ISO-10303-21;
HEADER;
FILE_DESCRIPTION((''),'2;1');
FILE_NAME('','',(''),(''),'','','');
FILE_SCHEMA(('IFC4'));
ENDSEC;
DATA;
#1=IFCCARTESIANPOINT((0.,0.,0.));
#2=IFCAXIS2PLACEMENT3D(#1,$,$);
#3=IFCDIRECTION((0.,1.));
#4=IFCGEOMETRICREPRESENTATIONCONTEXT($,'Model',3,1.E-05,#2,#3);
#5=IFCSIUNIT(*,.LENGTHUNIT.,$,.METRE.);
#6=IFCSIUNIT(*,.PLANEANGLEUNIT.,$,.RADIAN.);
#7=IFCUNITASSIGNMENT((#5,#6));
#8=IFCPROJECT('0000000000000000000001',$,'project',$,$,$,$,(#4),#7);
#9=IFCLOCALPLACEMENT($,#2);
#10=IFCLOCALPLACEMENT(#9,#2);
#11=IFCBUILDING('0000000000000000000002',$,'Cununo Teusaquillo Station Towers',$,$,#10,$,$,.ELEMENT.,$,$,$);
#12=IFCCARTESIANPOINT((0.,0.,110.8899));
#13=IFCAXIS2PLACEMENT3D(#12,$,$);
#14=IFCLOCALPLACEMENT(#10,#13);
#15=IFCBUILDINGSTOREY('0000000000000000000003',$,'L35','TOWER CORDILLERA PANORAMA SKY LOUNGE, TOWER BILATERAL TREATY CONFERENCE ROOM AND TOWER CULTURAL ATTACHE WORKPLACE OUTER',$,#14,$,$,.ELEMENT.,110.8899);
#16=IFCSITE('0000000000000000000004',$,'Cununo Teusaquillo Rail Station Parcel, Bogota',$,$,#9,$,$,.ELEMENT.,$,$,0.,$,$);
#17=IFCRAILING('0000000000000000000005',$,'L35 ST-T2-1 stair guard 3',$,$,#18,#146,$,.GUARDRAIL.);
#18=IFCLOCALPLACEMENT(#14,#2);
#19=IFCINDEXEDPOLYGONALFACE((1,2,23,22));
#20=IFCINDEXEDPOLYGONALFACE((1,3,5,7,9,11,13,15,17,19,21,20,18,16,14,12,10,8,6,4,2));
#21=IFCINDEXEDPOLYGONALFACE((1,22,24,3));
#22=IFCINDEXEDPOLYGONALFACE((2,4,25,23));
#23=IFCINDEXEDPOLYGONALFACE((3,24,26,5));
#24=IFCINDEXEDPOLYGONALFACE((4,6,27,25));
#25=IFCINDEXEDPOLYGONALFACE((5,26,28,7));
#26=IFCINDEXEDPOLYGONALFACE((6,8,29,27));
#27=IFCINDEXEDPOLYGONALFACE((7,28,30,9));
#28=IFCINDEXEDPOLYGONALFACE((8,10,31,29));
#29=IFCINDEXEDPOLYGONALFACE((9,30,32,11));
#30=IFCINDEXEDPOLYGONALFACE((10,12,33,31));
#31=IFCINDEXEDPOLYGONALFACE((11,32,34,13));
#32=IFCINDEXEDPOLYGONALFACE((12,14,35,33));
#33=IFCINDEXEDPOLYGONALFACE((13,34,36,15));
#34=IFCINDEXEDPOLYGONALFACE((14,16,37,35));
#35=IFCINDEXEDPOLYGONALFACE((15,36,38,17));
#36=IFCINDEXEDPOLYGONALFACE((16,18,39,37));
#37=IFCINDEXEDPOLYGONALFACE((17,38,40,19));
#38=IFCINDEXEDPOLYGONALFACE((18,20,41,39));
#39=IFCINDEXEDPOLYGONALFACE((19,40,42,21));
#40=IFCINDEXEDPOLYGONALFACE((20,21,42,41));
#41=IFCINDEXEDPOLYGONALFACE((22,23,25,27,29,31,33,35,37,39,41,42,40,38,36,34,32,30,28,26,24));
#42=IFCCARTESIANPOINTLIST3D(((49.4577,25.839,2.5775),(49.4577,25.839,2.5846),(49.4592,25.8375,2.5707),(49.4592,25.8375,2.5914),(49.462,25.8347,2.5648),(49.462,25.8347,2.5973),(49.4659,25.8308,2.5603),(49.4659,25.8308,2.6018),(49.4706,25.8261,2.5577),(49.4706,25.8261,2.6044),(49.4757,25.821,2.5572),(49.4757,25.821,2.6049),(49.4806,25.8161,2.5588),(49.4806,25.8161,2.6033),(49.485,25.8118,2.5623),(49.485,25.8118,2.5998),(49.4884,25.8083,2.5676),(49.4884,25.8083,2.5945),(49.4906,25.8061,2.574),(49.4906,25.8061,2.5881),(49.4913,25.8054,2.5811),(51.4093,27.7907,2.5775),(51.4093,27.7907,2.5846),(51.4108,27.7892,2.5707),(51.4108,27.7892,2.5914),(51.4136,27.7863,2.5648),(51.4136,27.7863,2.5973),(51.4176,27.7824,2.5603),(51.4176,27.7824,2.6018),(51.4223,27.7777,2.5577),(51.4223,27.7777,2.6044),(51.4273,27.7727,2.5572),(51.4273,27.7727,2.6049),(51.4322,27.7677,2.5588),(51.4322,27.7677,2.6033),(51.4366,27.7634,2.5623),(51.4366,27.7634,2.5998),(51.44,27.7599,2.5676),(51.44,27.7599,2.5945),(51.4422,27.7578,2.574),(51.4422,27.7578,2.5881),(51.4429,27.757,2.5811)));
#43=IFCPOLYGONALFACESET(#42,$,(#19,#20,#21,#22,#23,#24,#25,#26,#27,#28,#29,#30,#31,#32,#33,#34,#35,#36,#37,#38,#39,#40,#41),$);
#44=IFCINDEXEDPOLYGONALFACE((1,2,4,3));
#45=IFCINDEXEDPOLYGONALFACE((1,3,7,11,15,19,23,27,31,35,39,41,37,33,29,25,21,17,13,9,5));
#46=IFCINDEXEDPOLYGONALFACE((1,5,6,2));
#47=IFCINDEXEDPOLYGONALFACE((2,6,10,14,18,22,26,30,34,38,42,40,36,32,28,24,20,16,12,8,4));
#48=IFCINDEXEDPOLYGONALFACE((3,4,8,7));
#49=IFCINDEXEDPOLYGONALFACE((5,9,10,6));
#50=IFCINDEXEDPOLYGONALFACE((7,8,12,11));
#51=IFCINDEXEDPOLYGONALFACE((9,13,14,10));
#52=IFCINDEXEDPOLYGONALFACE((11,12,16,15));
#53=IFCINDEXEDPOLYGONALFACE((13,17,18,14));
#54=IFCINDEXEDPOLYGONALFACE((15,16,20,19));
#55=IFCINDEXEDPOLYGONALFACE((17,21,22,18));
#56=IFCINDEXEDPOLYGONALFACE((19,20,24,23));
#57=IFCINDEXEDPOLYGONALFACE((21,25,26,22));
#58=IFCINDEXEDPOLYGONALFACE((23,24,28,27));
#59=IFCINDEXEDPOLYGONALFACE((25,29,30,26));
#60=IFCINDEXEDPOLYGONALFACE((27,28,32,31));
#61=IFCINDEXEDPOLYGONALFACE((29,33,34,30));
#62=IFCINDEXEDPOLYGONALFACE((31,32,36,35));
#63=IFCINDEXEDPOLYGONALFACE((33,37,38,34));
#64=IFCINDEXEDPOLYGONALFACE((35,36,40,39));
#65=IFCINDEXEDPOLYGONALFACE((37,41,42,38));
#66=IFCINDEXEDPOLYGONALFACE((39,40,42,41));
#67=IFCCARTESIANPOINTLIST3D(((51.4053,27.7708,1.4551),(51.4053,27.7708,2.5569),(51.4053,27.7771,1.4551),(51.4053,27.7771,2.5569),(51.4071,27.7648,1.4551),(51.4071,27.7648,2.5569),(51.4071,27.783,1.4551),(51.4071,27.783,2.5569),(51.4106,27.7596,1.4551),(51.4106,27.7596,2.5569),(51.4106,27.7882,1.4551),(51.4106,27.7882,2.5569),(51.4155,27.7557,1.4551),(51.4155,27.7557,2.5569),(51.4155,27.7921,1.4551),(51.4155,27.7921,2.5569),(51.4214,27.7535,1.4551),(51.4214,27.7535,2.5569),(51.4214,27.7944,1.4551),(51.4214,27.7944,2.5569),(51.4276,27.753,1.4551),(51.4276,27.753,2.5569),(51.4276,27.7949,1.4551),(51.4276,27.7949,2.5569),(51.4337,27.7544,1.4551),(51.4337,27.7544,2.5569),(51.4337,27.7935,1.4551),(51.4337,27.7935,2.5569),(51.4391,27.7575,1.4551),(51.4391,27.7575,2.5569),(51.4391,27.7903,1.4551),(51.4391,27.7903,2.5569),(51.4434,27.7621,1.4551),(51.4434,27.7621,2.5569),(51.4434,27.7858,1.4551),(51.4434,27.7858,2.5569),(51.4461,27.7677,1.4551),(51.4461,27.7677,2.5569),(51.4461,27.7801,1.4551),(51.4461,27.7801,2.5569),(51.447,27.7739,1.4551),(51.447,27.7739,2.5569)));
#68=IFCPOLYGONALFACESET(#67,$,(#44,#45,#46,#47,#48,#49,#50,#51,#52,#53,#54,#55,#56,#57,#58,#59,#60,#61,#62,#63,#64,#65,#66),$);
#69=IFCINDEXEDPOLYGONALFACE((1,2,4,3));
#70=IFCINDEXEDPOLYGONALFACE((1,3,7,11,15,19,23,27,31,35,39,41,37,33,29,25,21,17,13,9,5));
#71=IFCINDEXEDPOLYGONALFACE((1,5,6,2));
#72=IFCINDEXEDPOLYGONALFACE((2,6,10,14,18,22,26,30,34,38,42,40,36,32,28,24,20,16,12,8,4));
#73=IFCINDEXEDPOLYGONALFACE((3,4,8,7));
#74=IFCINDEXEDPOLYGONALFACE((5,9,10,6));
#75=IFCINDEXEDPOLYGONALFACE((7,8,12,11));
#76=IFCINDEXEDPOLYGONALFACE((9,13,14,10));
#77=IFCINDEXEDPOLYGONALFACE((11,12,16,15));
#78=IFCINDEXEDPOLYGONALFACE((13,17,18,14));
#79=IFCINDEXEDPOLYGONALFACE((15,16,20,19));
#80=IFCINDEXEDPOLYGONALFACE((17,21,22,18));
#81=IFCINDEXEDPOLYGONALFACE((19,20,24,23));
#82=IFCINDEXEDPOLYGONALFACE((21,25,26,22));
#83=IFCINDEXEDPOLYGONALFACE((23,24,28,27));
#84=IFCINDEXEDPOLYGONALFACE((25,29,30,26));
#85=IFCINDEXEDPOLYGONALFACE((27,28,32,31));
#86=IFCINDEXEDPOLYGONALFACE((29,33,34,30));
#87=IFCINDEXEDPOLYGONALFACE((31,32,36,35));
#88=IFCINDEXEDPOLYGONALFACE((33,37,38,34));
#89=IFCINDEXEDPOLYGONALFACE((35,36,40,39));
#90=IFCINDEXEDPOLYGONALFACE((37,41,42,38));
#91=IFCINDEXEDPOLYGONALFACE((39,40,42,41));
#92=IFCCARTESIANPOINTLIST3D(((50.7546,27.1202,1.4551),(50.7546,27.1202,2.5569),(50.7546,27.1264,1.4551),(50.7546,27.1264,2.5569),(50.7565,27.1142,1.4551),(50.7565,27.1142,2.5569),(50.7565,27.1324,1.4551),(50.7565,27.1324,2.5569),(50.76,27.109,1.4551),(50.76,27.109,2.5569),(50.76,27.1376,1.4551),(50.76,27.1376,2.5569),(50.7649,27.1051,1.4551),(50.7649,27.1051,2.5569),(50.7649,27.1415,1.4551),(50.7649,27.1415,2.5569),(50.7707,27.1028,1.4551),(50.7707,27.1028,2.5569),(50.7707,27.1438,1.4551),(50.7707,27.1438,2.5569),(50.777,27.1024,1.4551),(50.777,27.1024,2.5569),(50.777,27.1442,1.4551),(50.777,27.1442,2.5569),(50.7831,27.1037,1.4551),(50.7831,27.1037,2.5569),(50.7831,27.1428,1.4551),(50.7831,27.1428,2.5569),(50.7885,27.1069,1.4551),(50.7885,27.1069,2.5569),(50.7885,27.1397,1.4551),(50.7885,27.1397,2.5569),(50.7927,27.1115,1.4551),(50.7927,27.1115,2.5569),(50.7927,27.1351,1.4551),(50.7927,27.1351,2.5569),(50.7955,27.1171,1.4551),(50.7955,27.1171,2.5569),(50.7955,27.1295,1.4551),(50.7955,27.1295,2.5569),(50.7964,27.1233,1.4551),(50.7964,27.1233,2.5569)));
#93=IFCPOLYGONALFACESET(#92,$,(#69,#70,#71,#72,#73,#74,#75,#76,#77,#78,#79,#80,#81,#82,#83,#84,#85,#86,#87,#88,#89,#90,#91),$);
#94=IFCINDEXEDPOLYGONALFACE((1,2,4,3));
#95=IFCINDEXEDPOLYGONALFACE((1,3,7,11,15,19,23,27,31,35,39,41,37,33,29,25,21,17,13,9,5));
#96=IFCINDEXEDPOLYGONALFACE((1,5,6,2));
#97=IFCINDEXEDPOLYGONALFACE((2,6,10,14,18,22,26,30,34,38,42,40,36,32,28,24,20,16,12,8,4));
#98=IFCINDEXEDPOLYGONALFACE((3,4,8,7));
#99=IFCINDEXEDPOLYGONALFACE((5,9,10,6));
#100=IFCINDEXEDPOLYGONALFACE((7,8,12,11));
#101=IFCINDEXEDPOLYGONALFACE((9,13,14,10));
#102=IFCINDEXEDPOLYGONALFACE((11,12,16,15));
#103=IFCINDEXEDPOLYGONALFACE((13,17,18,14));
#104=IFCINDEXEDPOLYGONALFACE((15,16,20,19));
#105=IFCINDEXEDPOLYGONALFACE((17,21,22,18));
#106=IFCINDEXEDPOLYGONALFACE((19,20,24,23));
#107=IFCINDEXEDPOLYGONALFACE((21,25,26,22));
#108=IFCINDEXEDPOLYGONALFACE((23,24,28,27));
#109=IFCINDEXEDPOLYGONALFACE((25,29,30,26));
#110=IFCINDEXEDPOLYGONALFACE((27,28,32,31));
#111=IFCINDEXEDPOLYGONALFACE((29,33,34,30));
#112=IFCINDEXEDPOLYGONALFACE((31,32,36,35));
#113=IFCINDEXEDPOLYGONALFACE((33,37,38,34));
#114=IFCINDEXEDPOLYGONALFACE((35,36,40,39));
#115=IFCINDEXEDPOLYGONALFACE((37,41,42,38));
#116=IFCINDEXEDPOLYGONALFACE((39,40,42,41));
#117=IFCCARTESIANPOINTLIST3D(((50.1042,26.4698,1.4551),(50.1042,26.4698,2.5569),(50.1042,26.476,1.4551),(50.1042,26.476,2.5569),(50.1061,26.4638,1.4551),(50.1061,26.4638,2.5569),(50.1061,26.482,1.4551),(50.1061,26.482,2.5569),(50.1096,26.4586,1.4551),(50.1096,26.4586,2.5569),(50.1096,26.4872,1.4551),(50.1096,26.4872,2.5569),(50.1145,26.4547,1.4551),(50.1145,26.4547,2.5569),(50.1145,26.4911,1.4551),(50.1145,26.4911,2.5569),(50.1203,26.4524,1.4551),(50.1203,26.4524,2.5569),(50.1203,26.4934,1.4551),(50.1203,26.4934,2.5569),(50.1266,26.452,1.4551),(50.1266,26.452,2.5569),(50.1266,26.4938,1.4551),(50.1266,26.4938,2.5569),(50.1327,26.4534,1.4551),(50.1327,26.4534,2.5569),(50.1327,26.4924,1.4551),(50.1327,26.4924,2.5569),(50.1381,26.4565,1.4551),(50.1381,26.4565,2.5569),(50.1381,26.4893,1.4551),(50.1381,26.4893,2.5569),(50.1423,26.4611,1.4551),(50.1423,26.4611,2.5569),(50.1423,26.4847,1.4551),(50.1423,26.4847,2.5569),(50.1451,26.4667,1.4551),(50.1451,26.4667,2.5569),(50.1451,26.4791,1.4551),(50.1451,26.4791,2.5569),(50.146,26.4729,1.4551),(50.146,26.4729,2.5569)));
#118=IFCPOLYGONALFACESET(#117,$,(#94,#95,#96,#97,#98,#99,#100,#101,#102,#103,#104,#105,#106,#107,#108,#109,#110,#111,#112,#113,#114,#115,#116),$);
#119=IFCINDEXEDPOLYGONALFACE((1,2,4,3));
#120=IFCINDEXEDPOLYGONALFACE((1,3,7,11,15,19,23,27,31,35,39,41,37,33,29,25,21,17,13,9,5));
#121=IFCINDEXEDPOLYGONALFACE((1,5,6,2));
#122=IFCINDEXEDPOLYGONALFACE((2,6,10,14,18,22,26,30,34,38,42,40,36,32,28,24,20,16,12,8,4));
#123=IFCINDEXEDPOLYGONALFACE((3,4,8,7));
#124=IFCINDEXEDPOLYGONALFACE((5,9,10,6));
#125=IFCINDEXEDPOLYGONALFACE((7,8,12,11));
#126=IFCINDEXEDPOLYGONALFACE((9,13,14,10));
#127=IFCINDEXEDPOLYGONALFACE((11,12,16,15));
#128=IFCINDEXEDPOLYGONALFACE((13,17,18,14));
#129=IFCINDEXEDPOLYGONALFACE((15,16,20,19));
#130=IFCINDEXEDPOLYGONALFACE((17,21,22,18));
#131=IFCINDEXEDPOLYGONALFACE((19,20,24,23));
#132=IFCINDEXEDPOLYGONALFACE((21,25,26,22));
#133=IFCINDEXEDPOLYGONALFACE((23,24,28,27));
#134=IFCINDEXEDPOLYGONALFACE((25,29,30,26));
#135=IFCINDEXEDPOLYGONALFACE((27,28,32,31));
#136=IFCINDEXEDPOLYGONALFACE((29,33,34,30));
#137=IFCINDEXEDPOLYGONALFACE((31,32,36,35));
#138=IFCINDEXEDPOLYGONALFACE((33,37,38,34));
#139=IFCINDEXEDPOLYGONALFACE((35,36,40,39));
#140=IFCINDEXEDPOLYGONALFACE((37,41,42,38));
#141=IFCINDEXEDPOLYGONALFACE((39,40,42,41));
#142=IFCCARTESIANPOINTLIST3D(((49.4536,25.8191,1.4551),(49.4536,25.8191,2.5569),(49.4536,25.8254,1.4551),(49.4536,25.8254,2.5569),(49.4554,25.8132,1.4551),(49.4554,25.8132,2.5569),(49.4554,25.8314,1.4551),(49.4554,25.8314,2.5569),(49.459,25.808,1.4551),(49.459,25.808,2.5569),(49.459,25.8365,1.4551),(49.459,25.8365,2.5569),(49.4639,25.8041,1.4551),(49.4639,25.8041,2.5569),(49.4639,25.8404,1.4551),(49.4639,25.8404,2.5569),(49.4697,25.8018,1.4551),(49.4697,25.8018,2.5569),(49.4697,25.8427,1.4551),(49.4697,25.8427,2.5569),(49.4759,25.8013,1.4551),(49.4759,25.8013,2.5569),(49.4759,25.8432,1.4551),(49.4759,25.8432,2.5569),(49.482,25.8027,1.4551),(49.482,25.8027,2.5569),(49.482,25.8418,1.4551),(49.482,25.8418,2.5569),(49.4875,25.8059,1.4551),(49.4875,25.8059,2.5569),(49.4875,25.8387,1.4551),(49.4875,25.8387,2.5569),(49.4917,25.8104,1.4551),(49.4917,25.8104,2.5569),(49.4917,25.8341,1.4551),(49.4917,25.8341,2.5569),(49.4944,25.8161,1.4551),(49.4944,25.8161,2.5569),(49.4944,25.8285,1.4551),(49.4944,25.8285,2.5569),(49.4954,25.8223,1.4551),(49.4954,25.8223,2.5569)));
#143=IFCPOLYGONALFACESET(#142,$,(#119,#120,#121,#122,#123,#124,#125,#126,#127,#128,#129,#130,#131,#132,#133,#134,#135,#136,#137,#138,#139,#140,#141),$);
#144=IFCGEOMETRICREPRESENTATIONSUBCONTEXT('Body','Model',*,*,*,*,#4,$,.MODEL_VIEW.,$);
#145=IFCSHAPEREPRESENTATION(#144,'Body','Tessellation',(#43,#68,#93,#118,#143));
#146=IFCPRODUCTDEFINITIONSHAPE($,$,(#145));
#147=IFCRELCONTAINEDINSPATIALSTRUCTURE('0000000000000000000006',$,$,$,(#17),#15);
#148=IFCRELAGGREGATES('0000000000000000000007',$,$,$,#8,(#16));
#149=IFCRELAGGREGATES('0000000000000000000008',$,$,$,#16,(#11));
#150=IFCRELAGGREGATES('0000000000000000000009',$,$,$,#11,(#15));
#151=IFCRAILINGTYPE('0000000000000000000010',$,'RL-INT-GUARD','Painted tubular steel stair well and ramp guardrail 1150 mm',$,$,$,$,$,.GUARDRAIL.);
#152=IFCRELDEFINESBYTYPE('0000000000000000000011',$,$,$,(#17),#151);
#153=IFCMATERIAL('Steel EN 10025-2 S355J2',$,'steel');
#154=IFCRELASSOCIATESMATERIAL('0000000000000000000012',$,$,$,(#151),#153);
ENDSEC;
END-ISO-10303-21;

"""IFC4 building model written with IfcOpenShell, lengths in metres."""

from ifc_helpers import new_model, si_unit, direction, frame, origin, origin_2d, place, context, subcontext, project, spatial, circle, extrude, material, type_object, element, save


model = new_model("IFC4")

# Units and contexts
model_context = context("Model", 3, precision=1e-05, world=origin(), true_north=direction((0.0, 1.0)))
body_context = subcontext(model_context, "Body", "Model", "MODEL_VIEW")
ifc_project = project(units=[si_unit("LENGTHUNIT", "METRE"), si_unit("PLANEANGLEUNIT", "RADIAN")], contexts=[model_context])

# Site, building, storey
site_placement = place(None, origin())
site = spatial("IfcSite", under=ifc_project, at=site_placement, Name="Cununo Teusaquillo Rail Station Parcel, Bogota", CompositionType="ELEMENT", RefElevation=0.0)
building_placement = place(site_placement, origin())
building = spatial("IfcBuilding", under=site, at=building_placement, Name="Cununo Teusaquillo Station Towers", CompositionType="ELEMENT")
storey_placement = place(building_placement, frame((0.0, 0.0, 110.8899)))
storey = spatial("IfcBuildingStorey", under=building, at=storey_placement, Name="L35", Description="TOWER CORDILLERA PANORAMA SKY LOUNGE, TOWER BILATERAL TREATY CONFERENCE ROOM AND TOWER CULTURAL ATTACHE WORKPLACE OUTER", CompositionType="ELEMENT", Elevation=110.8899)

# Railing
ifc_material_1 = material(Name="Steel EN 10025-2 S355J2", Category="steel")
railing_type = type_object("IfcRailingType", Name="RL-INT-GUARD", Description="Painted tubular steel stair well and ramp guardrail 1150 mm", PredefinedType="GUARDRAIL", material=ifc_material_1)
railing_placement = place(storey_placement, frame((51.426, 27.7739, 1.4551)))
element("IfcRailing", 1, at=railing_placement, inside=storey, type_object=railing_type, Name="L35 ST-T2-1 stair guard 3", PredefinedType="GUARDRAIL", context=body_context, shape_type="SweptSolid", body=[
    extrude(circle(Radius=0.0239, at=origin_2d()), frame((0.0, 0.0, 1.126), z_axis=(-0.707107, -0.707107, 0.0), x_axis=(0.707107, -0.707107, 0.0)), (0.0, 0.0, 1.0), 2.76),
    extrude(circle(Radius=0.021, at=origin_2d()), origin(), (0.0, 0.0, 1.0), 1.1018),
    extrude(circle(Radius=0.021, at=origin_2d()), frame((-0.6506, -0.6506, 0.0)), (0.0, 0.0, 1.0), 1.1018),
    extrude(circle(Radius=0.021, at=origin_2d()), frame((-1.301, -1.301, 0.0)), (0.0, 0.0, 1.0), 1.1018),
    extrude(circle(Radius=0.021, at=origin_2d()), frame((-1.9517, -1.9517, 0.0)), (0.0, 0.0, 1.0), 1.1018),
])

save(model, "model.ifc")
